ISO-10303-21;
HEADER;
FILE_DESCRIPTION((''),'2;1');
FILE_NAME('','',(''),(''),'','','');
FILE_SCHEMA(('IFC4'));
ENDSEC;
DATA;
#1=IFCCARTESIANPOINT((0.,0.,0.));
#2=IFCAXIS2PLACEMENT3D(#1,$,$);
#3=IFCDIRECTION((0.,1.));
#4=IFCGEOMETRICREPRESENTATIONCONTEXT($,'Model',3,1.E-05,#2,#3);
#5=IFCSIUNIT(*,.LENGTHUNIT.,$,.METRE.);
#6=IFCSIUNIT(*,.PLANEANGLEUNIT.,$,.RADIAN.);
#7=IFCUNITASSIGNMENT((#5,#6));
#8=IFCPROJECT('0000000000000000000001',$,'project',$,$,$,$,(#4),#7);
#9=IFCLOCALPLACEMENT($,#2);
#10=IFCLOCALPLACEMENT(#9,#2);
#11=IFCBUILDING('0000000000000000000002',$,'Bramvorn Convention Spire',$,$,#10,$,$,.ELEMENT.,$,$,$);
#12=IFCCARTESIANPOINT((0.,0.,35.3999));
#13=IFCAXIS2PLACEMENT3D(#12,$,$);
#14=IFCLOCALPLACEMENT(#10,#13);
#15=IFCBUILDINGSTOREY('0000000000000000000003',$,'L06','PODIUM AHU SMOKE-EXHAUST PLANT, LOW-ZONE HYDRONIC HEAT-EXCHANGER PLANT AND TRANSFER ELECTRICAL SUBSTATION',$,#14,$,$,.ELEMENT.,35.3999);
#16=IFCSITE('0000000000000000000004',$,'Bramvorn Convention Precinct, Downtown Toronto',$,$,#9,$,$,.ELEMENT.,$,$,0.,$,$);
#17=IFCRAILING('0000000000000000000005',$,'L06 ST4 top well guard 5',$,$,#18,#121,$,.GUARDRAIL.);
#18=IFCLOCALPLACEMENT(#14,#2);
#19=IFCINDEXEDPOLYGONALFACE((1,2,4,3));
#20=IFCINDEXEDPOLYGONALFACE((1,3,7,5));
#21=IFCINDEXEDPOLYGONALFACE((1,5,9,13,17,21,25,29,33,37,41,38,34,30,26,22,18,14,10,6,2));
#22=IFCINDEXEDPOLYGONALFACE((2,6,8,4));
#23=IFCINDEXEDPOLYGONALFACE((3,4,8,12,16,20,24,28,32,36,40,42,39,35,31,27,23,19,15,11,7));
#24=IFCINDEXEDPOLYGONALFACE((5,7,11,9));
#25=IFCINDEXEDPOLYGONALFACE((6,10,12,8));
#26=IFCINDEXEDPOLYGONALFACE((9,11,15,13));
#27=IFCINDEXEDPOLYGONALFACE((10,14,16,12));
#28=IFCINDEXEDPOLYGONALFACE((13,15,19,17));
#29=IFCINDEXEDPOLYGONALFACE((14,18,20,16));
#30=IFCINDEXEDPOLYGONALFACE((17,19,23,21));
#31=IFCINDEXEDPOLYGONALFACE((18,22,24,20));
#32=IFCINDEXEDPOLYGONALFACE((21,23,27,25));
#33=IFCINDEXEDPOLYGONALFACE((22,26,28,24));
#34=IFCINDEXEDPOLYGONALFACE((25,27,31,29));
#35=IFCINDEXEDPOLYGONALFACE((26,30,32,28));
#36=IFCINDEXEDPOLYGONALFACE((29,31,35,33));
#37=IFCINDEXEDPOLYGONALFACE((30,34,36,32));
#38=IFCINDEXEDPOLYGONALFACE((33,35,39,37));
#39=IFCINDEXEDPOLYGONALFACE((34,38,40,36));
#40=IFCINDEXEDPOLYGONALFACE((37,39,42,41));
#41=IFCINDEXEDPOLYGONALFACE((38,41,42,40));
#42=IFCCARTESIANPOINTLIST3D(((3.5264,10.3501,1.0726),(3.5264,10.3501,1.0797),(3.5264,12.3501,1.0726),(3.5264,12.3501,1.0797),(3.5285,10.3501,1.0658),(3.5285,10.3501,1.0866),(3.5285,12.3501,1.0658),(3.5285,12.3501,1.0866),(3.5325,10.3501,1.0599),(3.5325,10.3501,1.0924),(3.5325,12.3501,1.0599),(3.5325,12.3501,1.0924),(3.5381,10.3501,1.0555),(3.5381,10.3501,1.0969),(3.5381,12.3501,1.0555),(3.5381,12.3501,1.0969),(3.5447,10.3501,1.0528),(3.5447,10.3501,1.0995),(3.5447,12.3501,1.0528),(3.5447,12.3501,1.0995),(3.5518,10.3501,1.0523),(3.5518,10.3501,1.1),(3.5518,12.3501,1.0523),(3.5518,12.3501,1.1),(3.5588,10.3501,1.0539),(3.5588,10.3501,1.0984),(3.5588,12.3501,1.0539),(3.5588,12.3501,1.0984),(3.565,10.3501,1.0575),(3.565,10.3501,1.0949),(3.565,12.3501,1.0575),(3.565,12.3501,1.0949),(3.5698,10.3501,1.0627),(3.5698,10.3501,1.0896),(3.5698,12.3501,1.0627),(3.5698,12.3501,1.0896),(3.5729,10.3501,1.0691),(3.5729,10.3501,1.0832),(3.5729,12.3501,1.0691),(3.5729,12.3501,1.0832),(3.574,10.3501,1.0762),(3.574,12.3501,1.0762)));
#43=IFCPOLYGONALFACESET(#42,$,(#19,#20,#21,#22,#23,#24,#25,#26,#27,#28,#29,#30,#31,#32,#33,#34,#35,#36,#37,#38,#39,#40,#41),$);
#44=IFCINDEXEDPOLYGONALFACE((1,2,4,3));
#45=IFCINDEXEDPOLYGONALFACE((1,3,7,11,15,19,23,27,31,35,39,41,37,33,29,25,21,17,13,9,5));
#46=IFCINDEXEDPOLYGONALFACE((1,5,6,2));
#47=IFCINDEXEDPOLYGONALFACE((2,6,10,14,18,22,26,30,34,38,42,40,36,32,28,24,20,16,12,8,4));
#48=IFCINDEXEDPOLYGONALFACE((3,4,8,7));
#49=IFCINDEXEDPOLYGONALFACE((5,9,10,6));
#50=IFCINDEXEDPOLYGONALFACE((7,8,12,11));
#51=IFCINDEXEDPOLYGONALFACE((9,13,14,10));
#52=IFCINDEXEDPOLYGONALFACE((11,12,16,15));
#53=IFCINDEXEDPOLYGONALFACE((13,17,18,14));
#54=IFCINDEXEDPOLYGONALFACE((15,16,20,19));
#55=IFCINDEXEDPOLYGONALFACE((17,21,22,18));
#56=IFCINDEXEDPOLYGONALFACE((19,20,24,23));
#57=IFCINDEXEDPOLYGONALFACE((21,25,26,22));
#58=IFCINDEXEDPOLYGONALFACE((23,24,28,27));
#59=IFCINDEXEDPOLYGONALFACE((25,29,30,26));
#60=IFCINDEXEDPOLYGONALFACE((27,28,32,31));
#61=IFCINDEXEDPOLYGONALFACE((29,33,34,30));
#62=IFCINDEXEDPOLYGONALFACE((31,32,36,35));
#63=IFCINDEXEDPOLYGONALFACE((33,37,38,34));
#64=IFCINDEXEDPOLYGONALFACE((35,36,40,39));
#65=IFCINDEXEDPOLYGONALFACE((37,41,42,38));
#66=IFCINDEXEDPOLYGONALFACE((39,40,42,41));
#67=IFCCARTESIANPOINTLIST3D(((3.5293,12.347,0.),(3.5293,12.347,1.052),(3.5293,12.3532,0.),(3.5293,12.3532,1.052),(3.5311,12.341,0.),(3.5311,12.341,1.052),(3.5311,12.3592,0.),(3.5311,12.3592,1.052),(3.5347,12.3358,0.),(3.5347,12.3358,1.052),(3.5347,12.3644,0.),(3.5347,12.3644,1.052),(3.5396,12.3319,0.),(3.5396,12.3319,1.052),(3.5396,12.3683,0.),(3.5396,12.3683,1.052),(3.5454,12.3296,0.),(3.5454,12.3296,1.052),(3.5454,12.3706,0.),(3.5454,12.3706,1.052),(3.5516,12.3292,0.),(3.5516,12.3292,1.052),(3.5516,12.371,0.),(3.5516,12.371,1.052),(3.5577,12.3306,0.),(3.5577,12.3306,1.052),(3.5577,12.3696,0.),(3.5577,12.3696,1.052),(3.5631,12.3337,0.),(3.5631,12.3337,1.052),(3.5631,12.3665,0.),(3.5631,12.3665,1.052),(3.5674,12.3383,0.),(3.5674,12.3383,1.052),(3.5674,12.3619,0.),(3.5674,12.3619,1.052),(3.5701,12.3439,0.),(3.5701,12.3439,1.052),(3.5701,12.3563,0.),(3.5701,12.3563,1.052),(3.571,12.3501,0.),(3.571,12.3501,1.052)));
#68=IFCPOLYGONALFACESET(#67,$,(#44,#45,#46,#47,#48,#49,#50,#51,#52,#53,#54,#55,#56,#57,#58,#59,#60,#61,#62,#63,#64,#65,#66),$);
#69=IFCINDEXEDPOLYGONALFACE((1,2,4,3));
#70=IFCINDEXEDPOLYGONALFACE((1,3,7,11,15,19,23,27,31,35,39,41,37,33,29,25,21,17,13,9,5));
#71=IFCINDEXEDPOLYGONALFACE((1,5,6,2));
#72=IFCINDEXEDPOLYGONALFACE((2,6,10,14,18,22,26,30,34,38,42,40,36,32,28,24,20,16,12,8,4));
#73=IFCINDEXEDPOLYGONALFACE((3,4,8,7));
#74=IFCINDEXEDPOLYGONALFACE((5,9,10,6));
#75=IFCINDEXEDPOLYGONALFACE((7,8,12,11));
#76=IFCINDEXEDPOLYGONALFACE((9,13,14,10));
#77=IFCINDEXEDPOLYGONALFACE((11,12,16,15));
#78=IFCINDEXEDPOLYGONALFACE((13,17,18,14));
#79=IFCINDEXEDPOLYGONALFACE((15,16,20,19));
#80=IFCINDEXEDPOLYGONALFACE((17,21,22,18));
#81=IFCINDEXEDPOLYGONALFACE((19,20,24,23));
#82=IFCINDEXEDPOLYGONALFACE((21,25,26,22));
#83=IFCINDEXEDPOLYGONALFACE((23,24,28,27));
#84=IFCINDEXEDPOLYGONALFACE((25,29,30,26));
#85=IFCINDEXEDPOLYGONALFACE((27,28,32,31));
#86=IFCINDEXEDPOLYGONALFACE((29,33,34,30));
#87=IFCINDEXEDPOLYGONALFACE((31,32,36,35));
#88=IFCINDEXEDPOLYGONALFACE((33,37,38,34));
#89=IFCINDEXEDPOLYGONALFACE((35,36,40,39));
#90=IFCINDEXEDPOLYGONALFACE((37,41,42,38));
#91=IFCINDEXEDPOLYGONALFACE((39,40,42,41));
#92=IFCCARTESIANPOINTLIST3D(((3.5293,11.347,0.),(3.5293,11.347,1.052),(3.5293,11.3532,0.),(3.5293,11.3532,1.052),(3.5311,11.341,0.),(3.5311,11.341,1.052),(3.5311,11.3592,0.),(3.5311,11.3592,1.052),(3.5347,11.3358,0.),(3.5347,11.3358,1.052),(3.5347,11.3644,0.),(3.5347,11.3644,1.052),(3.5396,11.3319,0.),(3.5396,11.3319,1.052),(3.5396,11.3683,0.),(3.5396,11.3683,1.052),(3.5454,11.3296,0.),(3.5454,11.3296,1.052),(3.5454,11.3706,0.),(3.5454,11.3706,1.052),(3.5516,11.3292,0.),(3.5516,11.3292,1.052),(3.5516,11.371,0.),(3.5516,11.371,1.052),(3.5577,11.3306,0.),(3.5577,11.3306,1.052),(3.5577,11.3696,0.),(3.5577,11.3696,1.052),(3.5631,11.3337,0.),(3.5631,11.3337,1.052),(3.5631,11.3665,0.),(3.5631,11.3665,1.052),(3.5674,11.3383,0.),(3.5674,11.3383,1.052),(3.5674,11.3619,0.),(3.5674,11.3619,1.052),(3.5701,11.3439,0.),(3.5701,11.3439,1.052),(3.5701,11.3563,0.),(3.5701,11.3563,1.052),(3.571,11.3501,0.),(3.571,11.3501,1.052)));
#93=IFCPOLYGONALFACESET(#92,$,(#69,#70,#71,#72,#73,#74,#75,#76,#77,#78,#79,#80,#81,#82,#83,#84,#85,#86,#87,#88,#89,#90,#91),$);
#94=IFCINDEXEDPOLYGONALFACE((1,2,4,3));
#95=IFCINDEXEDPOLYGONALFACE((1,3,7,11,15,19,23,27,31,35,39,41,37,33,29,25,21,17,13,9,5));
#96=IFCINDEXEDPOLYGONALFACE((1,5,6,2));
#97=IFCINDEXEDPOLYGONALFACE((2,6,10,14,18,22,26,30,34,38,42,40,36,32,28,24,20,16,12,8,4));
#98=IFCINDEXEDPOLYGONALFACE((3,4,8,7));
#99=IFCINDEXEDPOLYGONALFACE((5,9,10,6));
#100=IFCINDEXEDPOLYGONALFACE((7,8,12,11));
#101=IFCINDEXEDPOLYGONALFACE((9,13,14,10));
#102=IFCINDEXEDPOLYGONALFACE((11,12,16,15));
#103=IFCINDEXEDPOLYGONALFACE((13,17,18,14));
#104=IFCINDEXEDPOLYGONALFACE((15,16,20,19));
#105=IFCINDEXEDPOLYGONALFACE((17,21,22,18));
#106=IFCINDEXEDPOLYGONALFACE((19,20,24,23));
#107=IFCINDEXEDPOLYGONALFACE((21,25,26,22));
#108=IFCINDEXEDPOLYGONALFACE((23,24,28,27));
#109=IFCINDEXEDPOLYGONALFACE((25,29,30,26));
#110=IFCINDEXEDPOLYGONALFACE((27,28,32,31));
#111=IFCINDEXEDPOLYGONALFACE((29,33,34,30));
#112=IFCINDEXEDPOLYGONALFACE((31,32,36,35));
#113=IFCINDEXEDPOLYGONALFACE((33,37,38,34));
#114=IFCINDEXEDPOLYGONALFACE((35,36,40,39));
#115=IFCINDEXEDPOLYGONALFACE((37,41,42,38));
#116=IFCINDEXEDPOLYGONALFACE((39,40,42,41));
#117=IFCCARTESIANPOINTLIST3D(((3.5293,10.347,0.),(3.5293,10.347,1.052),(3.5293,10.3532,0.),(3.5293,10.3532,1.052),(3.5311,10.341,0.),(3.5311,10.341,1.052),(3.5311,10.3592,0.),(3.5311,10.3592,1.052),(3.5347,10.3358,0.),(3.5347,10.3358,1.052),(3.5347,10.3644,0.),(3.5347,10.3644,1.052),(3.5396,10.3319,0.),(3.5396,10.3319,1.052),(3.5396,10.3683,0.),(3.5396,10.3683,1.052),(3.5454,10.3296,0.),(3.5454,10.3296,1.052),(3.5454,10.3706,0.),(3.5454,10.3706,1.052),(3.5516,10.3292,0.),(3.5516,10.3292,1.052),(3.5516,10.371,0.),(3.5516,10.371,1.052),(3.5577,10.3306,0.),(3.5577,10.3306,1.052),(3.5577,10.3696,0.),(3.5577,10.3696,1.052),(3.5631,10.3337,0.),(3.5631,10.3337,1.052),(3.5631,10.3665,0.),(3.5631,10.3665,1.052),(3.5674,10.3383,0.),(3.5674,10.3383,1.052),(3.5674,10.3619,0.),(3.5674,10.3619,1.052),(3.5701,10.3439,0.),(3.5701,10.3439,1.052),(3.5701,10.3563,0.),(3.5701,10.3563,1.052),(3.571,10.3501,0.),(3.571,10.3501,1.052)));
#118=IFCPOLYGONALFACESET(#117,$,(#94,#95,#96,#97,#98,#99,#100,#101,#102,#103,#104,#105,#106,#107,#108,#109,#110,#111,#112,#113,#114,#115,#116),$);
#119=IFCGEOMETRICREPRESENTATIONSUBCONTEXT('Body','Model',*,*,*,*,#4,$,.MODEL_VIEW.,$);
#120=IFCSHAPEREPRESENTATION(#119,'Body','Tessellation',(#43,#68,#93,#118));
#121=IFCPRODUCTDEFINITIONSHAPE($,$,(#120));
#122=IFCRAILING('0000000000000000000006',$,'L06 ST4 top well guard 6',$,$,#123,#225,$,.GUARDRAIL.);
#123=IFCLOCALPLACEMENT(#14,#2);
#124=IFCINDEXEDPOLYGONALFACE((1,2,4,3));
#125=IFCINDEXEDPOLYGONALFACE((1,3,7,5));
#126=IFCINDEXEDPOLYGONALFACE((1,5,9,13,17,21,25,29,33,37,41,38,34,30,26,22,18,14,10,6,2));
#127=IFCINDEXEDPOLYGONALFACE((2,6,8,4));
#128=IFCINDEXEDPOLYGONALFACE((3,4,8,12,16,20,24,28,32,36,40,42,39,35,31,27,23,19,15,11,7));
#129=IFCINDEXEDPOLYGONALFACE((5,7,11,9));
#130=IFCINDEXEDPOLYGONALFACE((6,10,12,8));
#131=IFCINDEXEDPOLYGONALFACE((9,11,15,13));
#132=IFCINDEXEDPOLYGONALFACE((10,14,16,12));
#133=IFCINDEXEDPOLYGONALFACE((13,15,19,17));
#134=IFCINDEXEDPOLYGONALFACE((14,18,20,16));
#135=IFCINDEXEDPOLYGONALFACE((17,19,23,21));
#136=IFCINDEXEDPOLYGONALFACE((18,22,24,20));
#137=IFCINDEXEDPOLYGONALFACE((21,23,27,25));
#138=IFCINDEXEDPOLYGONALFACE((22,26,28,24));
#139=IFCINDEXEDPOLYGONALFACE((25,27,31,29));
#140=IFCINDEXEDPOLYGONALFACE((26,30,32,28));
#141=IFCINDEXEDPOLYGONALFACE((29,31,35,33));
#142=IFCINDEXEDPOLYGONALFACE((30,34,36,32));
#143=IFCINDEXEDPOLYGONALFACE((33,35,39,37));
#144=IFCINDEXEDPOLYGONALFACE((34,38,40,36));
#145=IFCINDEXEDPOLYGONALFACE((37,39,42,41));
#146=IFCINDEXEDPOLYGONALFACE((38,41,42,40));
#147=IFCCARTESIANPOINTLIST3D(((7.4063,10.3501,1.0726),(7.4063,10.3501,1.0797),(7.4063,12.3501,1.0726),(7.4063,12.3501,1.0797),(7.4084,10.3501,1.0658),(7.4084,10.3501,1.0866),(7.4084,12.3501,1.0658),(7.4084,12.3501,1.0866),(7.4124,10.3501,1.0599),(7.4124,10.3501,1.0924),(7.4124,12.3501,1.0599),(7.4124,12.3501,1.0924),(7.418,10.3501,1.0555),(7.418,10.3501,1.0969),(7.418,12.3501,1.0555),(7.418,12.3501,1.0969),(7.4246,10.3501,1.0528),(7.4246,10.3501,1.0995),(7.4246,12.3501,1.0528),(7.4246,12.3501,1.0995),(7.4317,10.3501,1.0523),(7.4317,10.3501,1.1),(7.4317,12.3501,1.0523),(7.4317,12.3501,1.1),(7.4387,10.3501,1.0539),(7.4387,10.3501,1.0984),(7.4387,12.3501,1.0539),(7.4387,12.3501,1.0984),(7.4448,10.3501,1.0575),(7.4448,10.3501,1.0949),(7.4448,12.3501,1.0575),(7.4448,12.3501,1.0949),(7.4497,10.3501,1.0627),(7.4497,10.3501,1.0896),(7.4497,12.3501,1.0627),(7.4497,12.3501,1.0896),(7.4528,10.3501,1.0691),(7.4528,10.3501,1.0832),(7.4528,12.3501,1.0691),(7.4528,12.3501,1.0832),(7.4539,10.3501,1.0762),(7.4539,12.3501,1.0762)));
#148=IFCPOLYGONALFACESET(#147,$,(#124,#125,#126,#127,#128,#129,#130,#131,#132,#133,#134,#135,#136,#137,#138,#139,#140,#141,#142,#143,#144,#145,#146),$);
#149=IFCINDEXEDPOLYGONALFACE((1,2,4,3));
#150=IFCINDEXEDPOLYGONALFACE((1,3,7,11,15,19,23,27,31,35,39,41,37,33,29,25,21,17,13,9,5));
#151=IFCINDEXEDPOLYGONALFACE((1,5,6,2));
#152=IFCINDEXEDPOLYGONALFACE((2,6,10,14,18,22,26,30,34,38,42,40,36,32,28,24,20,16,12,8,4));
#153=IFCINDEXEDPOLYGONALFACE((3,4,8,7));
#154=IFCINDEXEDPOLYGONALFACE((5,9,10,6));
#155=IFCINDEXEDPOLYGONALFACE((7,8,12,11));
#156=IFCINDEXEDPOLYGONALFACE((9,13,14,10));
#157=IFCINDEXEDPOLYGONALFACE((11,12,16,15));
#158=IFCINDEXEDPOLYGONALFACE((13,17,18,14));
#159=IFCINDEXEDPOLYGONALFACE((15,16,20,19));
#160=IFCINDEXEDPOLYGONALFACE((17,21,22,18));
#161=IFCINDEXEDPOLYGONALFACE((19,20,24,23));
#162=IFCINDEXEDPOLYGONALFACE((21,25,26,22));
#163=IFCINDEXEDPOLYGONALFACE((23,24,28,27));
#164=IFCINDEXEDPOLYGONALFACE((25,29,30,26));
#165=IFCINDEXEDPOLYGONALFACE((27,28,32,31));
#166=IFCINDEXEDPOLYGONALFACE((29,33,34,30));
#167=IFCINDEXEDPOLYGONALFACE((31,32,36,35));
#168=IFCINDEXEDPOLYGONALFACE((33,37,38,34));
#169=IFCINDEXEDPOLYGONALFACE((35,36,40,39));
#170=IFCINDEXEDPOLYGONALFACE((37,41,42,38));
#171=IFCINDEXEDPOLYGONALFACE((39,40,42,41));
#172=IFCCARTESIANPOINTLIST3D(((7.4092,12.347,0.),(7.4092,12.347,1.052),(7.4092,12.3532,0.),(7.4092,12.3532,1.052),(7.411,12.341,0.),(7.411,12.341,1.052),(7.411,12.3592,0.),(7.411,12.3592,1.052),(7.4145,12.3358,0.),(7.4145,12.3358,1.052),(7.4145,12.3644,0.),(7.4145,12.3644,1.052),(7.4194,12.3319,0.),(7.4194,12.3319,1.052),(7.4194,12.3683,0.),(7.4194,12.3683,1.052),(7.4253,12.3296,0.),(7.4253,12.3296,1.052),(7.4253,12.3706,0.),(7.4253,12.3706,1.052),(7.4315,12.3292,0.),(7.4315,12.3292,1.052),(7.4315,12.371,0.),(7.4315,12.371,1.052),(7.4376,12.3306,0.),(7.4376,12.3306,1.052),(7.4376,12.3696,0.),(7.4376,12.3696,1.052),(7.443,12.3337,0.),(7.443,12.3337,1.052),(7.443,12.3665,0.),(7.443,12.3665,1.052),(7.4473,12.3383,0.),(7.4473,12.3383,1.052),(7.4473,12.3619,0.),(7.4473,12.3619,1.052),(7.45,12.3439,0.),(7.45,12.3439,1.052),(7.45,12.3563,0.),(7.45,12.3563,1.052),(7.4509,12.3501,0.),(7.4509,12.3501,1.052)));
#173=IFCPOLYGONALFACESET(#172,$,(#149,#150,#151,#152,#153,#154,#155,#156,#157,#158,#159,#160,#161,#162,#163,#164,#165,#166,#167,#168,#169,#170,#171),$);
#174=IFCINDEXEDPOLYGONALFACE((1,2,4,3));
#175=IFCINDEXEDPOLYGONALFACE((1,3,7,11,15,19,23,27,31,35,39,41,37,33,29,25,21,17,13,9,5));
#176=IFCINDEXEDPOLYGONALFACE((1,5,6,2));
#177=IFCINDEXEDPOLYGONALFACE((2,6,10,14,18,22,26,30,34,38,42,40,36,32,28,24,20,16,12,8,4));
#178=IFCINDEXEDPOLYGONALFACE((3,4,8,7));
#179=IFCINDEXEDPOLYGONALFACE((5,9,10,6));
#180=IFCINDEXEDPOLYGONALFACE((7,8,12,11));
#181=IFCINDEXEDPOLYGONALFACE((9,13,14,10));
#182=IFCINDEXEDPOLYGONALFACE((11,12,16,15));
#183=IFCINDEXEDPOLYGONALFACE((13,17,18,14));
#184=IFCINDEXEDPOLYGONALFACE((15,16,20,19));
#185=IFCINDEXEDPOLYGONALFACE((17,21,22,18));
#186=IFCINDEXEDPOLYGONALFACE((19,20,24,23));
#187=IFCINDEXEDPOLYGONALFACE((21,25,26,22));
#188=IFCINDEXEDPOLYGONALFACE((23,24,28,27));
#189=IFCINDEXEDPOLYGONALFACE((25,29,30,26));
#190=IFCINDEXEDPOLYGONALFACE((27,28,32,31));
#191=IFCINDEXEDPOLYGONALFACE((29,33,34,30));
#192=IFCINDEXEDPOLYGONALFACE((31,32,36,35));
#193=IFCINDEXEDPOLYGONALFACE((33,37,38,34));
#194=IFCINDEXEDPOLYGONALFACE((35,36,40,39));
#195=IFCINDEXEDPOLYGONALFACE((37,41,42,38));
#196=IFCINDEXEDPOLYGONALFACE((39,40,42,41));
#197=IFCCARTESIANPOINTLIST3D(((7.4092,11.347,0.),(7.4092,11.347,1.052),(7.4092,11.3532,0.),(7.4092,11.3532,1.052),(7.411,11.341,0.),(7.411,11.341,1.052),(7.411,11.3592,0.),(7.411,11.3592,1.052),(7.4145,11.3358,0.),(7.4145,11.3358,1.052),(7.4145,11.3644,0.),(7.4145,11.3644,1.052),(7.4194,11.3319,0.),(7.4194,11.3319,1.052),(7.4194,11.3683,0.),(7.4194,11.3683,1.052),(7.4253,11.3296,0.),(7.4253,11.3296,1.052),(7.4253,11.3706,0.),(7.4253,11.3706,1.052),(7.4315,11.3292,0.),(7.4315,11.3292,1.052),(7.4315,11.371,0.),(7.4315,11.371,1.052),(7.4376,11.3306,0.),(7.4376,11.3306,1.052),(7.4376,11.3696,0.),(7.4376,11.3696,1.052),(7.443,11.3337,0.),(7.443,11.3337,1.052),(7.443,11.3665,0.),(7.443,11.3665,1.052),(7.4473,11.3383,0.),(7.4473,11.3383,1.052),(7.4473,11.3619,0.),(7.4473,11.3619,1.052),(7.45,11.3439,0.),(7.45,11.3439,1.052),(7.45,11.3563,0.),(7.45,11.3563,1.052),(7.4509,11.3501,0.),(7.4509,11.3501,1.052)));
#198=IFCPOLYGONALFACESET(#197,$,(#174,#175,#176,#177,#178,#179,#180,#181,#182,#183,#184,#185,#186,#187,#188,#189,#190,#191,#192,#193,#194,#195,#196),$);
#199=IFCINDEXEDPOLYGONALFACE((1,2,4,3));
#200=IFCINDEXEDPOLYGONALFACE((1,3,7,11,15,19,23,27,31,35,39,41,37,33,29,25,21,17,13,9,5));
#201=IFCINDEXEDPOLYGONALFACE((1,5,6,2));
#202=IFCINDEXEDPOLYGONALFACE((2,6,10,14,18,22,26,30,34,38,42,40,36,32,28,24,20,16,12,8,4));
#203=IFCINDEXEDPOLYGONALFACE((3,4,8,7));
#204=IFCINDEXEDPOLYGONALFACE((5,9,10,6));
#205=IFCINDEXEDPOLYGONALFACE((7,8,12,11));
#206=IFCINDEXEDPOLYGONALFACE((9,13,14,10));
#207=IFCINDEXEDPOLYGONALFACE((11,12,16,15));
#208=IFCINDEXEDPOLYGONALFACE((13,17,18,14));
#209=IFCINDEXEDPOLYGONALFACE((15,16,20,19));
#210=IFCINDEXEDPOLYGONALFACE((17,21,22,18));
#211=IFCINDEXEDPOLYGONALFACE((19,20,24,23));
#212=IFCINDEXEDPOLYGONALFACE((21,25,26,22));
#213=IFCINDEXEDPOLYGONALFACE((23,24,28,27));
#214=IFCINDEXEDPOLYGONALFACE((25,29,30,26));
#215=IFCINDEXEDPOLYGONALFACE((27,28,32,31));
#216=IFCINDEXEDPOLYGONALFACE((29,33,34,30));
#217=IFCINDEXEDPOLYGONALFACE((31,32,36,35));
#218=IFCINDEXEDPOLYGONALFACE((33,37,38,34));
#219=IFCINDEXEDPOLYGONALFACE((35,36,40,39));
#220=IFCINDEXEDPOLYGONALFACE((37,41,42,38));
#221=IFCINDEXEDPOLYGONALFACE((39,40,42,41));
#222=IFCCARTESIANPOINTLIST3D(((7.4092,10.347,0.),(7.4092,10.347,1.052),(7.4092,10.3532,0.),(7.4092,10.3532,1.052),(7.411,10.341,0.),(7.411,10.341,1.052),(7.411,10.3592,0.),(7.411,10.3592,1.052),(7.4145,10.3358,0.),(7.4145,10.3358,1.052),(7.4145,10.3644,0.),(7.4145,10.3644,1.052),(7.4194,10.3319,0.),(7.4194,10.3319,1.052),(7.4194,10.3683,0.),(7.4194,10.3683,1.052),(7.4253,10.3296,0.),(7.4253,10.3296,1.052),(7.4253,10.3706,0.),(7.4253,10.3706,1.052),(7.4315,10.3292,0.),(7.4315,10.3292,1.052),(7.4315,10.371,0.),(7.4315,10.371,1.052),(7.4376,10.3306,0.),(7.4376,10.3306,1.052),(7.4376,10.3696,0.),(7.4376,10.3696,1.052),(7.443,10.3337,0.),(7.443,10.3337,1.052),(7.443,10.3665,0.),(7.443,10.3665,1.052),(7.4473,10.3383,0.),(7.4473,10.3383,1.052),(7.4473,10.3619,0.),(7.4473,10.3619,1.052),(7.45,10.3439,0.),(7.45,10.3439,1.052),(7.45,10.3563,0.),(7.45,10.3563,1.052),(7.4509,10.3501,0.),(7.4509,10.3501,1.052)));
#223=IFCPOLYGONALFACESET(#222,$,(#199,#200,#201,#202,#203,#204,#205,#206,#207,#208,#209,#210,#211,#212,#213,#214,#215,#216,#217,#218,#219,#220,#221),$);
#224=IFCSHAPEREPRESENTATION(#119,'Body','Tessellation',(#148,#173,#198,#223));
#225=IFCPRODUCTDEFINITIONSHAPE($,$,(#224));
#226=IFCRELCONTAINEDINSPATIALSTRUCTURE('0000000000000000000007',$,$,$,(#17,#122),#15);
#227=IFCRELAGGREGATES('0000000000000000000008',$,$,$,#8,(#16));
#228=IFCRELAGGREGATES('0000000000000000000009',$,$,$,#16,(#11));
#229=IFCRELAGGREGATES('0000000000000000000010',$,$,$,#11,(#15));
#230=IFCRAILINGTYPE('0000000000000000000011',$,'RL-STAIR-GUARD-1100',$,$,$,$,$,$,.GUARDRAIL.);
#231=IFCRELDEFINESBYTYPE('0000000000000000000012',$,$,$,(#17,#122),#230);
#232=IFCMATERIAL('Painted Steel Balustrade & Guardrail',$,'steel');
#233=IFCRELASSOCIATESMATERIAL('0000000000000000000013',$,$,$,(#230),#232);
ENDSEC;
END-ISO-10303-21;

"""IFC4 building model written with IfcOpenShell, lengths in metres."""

from ifc_helpers import new_model, si_unit, direction, frame, origin, origin_2d, place, context, subcontext, project, spatial, circle, extrude, material, type_object, element, save


model = new_model("IFC4")

# Units and contexts
model_context = context("Model", 3, precision=1e-05, world=origin(), true_north=direction((0.0, 1.0)))
body_context = subcontext(model_context, "Body", "Model", "MODEL_VIEW")
ifc_project = project(units=[si_unit("LENGTHUNIT", "METRE"), si_unit("PLANEANGLEUNIT", "RADIAN")], contexts=[model_context])

# Site, building, storey
site_placement = place(None, origin())
site = spatial("IfcSite", under=ifc_project, at=site_placement, Name="Bramvorn Convention Precinct, Downtown Toronto", CompositionType="ELEMENT", RefElevation=0.0)
building_placement = place(site_placement, origin())
building = spatial("IfcBuilding", under=site, at=building_placement, Name="Bramvorn Convention Spire", CompositionType="ELEMENT")
storey_placement = place(building_placement, frame((0.0, 0.0, 35.3999)))
storey = spatial("IfcBuildingStorey", under=building, at=storey_placement, Name="L06", Description="PODIUM AHU SMOKE-EXHAUST PLANT, LOW-ZONE HYDRONIC HEAT-EXCHANGER PLANT AND TRANSFER ELECTRICAL SUBSTATION", CompositionType="ELEMENT", Elevation=35.3999)

# Railings
ifc_material_1 = material(Name="Painted Steel Balustrade & Guardrail", Category="steel")
railing_type = type_object("IfcRailingType", Name="RL-STAIR-GUARD-1100", PredefinedType="GUARDRAIL", material=ifc_material_1)
for number, where, name in (
    (1, (3.55, 12.3501, 0.0), "L06 ST4 top well guard 5"),
    (2, (7.4299, 12.3501, 0.0), "L06 ST4 top well guard 6"),
):
    element("IfcRailing", number, at=place(storey_placement, frame(where)), inside=storey, type_object=railing_type, Name=name, PredefinedType="GUARDRAIL", context=body_context, shape_type="SweptSolid", body=[
        extrude(circle(Radius=0.0239, at=origin_2d()), frame((0.0, 0.0, 1.0762), z_axis=(0.0, -1.0, 0.0), x_axis=(1.0, 0.0, 0.0)), (0.0, 0.0, 1.0), 2.0),
        extrude(circle(Radius=0.021, at=origin_2d()), origin(), (0.0, 0.0, 1.0), 1.052),
        extrude(circle(Radius=0.021, at=origin_2d()), frame((0.0, -1.0, 0.0)), (0.0, 0.0, 1.0), 1.052),
        extrude(circle(Radius=0.021, at=origin_2d()), frame((0.0, -2.0, 0.0)), (0.0, 0.0, 1.0), 1.052),
    ])

save(model, "model.ifc")
